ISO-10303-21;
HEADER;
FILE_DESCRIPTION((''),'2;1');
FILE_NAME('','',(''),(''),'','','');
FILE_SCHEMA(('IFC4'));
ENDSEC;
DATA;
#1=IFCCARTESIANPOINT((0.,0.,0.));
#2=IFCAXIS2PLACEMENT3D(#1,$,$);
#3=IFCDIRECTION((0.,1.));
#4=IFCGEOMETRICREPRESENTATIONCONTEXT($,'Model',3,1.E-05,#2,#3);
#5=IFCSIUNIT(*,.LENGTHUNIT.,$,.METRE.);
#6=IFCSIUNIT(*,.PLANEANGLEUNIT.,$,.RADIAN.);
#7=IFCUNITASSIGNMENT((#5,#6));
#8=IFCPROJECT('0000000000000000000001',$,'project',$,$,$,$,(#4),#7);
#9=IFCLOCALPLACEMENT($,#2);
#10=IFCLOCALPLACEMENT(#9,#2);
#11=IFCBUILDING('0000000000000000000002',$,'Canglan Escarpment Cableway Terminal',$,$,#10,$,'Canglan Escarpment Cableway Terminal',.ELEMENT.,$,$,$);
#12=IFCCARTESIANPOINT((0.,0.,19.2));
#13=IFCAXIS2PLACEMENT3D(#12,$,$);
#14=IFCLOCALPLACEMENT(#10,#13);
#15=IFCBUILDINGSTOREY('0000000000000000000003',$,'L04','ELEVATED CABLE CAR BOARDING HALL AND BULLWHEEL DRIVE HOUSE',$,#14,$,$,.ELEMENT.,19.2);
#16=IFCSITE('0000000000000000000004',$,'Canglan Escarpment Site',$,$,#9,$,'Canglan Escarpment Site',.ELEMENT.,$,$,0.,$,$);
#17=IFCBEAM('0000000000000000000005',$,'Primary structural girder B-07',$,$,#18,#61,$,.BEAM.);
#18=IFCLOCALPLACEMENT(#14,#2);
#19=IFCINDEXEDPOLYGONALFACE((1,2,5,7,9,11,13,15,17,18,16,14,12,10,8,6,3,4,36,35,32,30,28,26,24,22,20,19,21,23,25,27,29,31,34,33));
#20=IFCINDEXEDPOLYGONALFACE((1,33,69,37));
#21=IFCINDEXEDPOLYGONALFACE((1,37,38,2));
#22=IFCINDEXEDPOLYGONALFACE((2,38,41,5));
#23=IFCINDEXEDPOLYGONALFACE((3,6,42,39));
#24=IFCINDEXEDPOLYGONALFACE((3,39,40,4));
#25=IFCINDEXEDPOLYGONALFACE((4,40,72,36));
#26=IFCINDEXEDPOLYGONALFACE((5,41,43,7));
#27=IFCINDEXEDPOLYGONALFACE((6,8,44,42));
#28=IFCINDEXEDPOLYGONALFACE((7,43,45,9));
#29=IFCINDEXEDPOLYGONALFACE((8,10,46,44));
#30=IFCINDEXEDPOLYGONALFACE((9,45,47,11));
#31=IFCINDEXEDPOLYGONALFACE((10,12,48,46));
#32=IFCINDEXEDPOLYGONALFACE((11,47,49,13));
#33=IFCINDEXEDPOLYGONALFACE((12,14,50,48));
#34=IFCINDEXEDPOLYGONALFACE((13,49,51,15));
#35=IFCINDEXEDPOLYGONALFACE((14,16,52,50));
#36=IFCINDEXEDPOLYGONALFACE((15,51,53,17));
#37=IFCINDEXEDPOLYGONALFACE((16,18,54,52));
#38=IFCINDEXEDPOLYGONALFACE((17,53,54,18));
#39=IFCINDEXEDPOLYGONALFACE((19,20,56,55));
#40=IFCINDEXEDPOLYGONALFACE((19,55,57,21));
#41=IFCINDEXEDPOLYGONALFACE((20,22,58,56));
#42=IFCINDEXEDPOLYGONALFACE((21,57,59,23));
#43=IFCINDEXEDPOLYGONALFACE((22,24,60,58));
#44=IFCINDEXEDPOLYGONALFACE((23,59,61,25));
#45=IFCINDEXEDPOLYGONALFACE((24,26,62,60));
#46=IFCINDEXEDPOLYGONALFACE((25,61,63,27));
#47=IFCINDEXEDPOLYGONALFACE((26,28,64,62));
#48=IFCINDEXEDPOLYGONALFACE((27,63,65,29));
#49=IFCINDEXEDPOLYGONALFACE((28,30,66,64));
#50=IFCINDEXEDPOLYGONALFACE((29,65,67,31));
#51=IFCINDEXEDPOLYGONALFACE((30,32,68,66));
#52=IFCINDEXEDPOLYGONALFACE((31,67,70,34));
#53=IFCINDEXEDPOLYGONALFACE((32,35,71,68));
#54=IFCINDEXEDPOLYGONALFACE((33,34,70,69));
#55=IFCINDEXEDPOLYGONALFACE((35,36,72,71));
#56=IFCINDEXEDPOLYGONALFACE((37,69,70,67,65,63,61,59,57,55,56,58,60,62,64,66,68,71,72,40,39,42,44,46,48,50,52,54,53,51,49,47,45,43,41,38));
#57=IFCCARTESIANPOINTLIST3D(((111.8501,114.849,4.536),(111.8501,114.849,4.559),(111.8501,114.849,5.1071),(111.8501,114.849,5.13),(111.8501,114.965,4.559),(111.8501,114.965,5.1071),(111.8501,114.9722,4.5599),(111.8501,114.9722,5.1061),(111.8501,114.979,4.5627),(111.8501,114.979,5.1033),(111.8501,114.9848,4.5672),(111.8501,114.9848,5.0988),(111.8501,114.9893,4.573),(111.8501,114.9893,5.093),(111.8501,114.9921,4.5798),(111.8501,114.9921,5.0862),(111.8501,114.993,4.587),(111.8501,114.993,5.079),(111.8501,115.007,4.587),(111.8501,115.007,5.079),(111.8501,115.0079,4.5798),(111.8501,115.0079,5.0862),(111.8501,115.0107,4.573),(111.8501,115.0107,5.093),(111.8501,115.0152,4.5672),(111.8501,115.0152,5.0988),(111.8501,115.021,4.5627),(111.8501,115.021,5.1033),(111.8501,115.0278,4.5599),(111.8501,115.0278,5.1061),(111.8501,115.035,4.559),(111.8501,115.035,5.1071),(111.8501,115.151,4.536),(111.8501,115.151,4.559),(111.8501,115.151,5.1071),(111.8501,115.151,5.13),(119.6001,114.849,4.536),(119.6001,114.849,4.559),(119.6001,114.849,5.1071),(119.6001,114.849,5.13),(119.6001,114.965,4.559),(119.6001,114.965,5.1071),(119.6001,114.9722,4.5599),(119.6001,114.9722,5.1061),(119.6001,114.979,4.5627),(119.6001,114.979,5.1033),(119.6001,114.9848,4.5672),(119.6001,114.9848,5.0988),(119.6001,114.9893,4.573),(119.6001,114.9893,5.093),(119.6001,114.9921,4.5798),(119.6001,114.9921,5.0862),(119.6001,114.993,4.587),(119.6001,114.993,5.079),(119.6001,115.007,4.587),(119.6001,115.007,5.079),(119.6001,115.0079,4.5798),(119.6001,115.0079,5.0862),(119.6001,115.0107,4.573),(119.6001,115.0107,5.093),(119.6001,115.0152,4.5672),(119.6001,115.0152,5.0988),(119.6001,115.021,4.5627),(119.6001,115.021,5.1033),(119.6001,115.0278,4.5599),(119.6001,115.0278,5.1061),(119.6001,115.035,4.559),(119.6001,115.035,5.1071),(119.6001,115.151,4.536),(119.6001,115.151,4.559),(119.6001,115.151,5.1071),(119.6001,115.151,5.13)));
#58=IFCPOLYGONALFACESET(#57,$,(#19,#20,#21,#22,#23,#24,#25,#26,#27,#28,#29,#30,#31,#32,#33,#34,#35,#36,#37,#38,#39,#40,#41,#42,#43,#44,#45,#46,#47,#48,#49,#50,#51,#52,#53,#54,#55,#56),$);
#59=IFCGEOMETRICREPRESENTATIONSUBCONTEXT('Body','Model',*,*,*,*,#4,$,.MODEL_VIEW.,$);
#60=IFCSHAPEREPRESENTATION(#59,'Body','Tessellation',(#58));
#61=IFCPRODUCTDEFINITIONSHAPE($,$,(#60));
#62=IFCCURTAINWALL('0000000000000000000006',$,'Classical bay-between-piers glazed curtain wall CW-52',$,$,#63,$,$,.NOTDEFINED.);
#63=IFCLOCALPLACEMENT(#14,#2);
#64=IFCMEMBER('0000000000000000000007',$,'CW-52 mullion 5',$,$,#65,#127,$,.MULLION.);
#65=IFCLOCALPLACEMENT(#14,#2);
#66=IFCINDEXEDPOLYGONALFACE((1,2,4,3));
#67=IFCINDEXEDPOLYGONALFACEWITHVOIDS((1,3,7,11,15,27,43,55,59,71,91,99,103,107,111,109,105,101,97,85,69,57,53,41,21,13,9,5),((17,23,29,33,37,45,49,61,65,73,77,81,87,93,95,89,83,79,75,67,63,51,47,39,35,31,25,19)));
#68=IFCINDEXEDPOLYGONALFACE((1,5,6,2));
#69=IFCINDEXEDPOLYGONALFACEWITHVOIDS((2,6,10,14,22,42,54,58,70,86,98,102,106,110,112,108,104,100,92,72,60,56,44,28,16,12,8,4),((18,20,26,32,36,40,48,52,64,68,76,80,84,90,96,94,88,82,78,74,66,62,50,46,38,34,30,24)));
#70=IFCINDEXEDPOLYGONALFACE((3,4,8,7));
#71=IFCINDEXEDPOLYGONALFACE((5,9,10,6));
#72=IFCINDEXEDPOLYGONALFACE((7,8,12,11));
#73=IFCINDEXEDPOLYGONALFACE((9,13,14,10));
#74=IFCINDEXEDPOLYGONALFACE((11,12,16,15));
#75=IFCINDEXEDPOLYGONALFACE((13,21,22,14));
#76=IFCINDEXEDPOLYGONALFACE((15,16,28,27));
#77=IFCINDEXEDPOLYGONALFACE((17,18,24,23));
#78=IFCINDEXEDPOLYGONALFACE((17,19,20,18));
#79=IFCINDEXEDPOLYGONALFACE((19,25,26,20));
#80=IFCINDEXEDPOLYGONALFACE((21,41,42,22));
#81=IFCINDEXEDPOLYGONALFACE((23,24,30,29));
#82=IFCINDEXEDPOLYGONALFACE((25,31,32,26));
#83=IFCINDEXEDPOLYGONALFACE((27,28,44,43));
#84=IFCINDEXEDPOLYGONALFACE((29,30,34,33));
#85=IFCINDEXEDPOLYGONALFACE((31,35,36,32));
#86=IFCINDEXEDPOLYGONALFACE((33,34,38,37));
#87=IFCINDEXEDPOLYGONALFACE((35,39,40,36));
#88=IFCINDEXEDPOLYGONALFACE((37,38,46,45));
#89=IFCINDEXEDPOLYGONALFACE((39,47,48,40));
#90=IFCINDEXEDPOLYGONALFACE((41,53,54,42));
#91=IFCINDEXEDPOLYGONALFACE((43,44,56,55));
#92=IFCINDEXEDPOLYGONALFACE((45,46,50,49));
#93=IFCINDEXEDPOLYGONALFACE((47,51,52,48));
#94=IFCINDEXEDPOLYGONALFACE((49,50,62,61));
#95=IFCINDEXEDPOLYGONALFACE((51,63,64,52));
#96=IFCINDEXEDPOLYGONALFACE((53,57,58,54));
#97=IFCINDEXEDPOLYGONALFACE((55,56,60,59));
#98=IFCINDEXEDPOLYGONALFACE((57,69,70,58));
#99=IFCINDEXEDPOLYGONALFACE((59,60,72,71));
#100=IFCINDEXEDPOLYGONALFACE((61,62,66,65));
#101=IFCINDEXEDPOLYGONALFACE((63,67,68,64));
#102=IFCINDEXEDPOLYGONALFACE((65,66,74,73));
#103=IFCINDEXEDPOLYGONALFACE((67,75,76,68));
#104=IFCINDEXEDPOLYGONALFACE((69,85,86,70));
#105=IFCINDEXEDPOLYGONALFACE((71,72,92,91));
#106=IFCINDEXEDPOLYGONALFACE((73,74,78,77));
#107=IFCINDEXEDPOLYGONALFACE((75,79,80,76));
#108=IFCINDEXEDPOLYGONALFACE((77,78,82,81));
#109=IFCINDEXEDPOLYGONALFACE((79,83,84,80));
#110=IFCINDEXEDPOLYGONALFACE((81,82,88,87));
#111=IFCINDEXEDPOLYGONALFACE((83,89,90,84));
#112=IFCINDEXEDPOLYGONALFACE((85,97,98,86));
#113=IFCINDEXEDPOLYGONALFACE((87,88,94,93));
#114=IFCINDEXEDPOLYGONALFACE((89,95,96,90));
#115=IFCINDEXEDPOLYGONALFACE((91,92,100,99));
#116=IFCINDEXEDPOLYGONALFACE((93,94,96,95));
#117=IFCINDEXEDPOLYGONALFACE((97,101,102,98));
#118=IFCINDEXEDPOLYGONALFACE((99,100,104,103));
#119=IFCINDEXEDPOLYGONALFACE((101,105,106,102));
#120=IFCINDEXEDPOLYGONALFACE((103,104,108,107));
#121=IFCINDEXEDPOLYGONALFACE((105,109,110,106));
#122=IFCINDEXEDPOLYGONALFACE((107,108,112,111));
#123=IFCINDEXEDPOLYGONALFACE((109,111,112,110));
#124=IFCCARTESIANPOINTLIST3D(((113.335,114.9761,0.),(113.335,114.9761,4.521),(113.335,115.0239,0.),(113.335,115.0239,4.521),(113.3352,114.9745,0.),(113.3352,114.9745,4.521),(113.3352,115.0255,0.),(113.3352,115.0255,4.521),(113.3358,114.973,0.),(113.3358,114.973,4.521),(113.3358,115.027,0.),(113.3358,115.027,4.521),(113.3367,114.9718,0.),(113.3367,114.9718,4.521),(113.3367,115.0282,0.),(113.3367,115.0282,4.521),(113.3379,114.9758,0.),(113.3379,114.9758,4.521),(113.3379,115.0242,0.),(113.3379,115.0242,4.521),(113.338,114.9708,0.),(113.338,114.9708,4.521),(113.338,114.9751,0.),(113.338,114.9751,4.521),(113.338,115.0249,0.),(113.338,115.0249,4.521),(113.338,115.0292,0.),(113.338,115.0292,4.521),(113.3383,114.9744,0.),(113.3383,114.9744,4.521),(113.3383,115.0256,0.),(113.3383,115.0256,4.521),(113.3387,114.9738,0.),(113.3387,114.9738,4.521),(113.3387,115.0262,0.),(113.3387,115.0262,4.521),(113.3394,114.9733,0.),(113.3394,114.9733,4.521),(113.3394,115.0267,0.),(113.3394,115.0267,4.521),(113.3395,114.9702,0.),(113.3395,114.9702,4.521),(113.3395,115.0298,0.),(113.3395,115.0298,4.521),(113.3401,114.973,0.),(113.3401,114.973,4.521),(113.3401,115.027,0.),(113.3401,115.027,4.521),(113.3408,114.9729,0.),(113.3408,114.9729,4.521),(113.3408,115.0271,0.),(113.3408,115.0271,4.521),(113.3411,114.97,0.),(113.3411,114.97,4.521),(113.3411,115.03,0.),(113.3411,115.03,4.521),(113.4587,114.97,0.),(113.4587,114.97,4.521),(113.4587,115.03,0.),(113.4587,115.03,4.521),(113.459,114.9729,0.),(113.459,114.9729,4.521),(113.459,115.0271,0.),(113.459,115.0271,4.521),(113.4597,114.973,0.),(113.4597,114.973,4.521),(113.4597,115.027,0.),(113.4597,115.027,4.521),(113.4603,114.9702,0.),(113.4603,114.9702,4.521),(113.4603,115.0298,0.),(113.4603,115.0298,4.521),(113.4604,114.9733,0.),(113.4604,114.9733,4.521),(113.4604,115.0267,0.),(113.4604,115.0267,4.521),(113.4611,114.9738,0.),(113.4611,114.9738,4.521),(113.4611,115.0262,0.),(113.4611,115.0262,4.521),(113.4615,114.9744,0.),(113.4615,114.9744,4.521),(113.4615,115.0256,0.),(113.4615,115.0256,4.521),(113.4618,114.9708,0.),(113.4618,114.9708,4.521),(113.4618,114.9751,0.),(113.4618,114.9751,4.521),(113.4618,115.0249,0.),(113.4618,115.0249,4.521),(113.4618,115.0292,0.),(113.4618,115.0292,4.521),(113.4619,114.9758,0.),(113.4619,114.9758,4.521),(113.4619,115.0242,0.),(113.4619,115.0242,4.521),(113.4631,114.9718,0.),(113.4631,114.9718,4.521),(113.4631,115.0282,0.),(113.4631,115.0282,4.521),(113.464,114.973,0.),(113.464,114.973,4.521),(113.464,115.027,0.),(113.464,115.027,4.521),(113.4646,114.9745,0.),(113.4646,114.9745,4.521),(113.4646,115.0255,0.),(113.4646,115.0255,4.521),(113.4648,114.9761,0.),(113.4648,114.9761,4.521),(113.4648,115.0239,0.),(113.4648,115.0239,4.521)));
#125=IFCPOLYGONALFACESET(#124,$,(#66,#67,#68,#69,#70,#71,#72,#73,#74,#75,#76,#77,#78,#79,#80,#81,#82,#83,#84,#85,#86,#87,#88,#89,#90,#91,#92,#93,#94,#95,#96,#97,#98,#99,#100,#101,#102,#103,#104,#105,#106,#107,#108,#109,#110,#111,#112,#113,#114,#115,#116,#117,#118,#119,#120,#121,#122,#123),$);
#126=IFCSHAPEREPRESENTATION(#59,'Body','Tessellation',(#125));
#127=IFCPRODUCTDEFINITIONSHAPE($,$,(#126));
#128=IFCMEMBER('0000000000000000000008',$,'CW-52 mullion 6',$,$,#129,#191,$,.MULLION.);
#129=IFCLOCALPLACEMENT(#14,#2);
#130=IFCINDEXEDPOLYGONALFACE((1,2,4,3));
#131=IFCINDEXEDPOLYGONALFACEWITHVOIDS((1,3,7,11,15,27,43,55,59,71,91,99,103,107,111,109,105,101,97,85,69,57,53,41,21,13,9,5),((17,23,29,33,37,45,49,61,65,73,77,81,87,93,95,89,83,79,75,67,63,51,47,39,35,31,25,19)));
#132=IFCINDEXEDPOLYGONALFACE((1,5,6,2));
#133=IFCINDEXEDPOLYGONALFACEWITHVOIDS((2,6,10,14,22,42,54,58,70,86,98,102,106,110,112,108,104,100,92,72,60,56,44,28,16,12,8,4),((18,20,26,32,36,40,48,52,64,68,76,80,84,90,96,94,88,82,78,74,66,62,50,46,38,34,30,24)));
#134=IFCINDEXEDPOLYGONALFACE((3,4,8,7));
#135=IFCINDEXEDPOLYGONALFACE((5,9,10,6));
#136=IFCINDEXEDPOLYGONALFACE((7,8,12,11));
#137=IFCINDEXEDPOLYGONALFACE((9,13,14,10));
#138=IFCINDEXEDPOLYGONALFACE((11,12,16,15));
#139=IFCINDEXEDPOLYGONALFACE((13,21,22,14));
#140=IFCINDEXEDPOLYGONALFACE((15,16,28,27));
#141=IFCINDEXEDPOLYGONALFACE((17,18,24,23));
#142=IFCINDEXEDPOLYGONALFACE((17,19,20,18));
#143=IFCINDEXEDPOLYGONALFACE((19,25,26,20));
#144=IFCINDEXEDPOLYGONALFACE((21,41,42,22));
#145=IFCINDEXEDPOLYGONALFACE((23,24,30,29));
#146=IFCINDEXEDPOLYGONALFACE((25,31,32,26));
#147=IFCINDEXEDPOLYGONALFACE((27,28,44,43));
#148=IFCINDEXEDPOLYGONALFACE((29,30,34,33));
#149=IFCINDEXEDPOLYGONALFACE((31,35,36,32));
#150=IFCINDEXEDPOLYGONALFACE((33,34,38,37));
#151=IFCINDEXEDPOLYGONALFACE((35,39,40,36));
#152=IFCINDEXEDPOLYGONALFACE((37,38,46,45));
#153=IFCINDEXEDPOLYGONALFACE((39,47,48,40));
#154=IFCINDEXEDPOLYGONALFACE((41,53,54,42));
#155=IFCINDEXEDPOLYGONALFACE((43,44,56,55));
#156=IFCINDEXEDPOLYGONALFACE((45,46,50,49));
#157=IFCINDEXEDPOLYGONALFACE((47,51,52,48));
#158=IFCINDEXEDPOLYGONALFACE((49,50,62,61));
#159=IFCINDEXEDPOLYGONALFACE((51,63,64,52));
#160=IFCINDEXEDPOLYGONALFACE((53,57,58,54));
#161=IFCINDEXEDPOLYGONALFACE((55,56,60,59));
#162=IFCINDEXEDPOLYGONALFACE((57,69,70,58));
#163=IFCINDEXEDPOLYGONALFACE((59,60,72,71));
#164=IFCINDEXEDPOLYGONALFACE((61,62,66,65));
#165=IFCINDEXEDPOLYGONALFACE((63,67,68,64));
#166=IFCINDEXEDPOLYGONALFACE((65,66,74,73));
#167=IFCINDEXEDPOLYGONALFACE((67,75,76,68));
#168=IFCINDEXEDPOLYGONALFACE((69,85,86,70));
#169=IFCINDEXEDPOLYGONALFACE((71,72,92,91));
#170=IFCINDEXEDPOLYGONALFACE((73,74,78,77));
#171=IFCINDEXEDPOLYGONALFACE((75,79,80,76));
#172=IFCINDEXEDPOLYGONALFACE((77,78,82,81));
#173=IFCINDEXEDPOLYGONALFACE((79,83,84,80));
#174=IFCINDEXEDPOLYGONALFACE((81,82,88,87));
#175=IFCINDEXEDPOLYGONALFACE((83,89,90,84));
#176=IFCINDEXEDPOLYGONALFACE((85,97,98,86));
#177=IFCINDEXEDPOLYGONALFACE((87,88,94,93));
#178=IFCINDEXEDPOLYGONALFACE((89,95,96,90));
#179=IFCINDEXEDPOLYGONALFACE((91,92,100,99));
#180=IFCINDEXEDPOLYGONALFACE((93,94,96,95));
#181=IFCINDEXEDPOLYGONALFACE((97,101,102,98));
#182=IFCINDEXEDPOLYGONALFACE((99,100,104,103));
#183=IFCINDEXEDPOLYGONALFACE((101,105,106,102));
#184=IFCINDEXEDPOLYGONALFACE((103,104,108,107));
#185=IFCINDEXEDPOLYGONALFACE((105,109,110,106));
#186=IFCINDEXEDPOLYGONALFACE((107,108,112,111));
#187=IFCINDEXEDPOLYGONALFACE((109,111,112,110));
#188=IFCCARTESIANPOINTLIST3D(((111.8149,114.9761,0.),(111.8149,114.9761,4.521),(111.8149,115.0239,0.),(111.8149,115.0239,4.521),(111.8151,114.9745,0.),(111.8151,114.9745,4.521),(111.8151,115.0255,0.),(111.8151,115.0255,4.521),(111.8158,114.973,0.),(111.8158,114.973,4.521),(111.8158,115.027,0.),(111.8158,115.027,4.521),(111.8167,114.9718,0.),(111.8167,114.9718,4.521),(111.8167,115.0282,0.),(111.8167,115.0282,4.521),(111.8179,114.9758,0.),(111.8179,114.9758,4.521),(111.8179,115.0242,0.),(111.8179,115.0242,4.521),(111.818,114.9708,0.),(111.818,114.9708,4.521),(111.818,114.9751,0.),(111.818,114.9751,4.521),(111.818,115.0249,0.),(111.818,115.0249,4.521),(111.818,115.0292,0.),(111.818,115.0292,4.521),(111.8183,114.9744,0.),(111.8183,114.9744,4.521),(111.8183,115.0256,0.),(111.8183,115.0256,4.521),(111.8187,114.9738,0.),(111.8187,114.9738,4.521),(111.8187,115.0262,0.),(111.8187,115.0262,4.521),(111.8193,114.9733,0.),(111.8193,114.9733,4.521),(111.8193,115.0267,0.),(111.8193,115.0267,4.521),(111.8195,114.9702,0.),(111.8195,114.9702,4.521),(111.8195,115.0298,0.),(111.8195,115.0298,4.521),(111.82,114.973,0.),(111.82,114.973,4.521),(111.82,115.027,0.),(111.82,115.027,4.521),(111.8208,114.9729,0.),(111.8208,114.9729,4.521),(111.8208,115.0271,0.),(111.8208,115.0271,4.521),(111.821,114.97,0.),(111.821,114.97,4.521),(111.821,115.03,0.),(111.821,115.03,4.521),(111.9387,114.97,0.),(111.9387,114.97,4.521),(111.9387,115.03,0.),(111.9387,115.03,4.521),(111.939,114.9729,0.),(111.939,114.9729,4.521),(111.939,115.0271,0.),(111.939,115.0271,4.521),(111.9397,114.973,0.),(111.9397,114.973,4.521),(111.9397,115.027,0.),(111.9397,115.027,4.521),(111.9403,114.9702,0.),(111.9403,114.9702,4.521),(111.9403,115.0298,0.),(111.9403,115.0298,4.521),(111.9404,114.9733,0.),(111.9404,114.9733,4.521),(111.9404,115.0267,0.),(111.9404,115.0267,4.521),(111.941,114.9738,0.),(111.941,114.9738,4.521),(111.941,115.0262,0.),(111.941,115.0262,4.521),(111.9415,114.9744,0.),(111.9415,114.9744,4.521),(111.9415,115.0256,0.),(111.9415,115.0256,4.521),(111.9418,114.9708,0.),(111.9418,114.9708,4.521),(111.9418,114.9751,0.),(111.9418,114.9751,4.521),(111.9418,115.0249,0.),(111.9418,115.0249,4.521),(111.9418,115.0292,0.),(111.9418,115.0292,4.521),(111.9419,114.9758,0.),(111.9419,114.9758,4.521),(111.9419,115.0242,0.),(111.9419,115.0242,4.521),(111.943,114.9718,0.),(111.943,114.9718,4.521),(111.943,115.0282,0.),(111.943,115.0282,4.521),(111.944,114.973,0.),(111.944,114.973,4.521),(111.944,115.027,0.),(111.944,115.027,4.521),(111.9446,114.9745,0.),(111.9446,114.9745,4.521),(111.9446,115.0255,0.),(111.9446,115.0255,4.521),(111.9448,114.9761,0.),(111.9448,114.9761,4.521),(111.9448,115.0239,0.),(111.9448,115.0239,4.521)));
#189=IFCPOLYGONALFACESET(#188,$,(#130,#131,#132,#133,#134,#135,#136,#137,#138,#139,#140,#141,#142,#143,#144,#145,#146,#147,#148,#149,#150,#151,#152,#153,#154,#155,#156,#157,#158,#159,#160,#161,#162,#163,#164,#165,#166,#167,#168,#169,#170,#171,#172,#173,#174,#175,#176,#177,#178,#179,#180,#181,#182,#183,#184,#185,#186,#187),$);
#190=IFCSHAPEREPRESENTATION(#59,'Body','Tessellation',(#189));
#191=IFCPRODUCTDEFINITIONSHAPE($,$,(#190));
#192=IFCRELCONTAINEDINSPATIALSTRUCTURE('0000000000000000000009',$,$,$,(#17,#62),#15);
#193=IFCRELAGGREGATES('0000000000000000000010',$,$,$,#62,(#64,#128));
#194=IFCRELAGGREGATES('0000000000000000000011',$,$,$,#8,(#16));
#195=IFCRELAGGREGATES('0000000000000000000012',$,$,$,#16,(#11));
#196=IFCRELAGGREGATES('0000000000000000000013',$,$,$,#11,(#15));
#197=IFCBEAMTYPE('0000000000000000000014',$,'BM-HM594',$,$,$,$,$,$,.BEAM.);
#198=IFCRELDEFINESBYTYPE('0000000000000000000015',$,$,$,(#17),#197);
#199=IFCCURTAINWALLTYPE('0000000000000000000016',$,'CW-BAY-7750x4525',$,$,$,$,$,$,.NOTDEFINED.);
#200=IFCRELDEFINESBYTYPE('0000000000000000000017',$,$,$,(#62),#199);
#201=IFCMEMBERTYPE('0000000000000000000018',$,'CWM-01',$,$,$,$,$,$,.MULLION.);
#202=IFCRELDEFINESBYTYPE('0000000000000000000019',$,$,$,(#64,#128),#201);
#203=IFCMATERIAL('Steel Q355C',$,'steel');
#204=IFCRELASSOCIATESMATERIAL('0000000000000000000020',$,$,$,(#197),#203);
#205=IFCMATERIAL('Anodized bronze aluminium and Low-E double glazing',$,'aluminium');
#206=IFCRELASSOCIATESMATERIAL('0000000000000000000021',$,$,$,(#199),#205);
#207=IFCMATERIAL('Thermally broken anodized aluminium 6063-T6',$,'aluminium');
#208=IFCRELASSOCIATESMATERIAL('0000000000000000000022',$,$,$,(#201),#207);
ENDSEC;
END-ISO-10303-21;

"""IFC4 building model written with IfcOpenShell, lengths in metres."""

from ifc_helpers import new_model, si_unit, direction, frame, origin, origin_2d, place, context, subcontext, project, spatial, hollow_rectangle, i_section, extrude, material, material_profile, profile_set, type_object, element, aggregate, save


model = new_model("IFC4")

# Units and contexts
model_context = context("Model", 3, precision=1e-05, world=origin(), true_north=direction((0.0, 1.0)))
body_context = subcontext(model_context, "Body", "Model", "MODEL_VIEW")
ifc_project = project(units=[si_unit("LENGTHUNIT", "METRE"), si_unit("PLANEANGLEUNIT", "RADIAN")], contexts=[model_context])

# Site, building, storey
site_placement = place(None, origin())
site = spatial("IfcSite", under=ifc_project, at=site_placement, Name="Canglan Escarpment Site", LongName="Canglan Escarpment Site", CompositionType="ELEMENT", RefElevation=0.0)
building_placement = place(site_placement, origin())
building = spatial("IfcBuilding", under=site, at=building_placement, Name="Canglan Escarpment Cableway Terminal", LongName="Canglan Escarpment Cableway Terminal", CompositionType="ELEMENT")
storey_placement = place(building_placement, frame((0.0, 0.0, 19.2)))
storey = spatial("IfcBuildingStorey", under=building, at=storey_placement, Name="L04", Description="ELEVATED CABLE CAR BOARDING HALL AND BULLWHEEL DRIVE HOUSE", CompositionType="ELEMENT", Elevation=19.2)

# Beam
ifc_material_1 = material(Name="Steel Q355C", Category="steel")
ifc_material_profile_1 = material_profile(ifc_material_1, i_section(OverallWidth=0.302, OverallDepth=0.594, WebThickness=0.0139, FlangeThickness=0.0229, FilletRadius=0.0281, at=origin_2d()), Name="HM 594x302x14x23")
ifc_profile_set_1 = profile_set([ifc_material_profile_1], Name="Steel Q355C")
beam_type_1 = type_object("IfcBeamType", Name="BM-HM594", PredefinedType="BEAM", material=ifc_profile_set_1)
beam_1_placement = place(storey_placement, frame((111.8501, 115.0, 4.833), z_axis=(1.0, 0.0, 0.0), x_axis=(0.0, 1.0, 0.0)))
element("IfcBeam", 1, at=beam_1_placement, inside=storey, type_object=beam_type_1, Name="Primary structural girder B-07", PredefinedType="BEAM", context=body_context, shape_type="SweptSolid", body=[
    extrude(i_section(OverallWidth=0.302, OverallDepth=0.594, WebThickness=0.0139, FlangeThickness=0.0229, FilletRadius=0.0281, at=origin_2d()), origin(), (0.0, 0.0, 1.0), 7.75),
])

# Curtain wall, members
ifc_material_2 = material(Name="Anodized bronze aluminium and Low-E double glazing", Category="aluminium")
curtain_wall_type_1 = type_object("IfcCurtainWallType", Name="CW-BAY-7750x4525", PredefinedType="NOTDEFINED", material=ifc_material_2)
curtain_wall_1_placement = place(storey_placement, origin())
curtain_wall_1 = element("IfcCurtainWall", 2, at=curtain_wall_1_placement, inside=storey, type_object=curtain_wall_type_1, Name="Classical bay-between-piers glazed curtain wall CW-52", PredefinedType="NOTDEFINED")
ifc_material_3 = material(Name="Thermally broken anodized aluminium 6063-T6", Category="aluminium")
ifc_material_profile_2 = material_profile(ifc_material_3, hollow_rectangle(XDim=0.0601, YDim=0.1299, WallThickness=0.0029, InnerFilletRadius=0.0029, OuterFilletRadius=0.0061, at=origin_2d()), Name="ALU-MULL 60x130x3")
ifc_profile_set_2 = profile_set([ifc_material_profile_2], Name="Thermally broken anodized aluminium 6063-T6")
member_type_1 = type_object("IfcMemberType", Name="CWM-01", PredefinedType="MULLION", material=ifc_profile_set_2)
member_1_placement = place(storey_placement, frame((113.3999, 115.0, 0.0), z_axis=(0.0, 0.0, 1.0), x_axis=(0.0, -1.0, 0.0)))
member_1 = element("IfcMember", 3, at=member_1_placement, type_object=member_type_1, Name="CW-52 mullion 5", PredefinedType="MULLION", context=body_context, shape_type="SweptSolid", body=[
    extrude(hollow_rectangle(XDim=0.0601, YDim=0.1299, WallThickness=0.0029, InnerFilletRadius=0.0029, OuterFilletRadius=0.0061, at=origin_2d()), origin(), (0.0, 0.0, 1.0), 4.521),
])
member_2_placement = place(storey_placement, frame((111.8799, 115.0, 0.0), z_axis=(0.0, 0.0, 1.0), x_axis=(0.0, -1.0, 0.0)))
member_2 = element("IfcMember", 4, at=member_2_placement, type_object=member_type_1, Name="CW-52 mullion 6", PredefinedType="MULLION", context=body_context, shape_type="SweptSolid", body=[
    extrude(hollow_rectangle(XDim=0.0601, YDim=0.1299, WallThickness=0.0029, InnerFilletRadius=0.0029, OuterFilletRadius=0.0061, at=origin_2d()), origin(), (0.0, 0.0, 1.0), 4.521),
])

aggregate(curtain_wall_1, [member_1, member_2])

save(model, "model.ifc")
